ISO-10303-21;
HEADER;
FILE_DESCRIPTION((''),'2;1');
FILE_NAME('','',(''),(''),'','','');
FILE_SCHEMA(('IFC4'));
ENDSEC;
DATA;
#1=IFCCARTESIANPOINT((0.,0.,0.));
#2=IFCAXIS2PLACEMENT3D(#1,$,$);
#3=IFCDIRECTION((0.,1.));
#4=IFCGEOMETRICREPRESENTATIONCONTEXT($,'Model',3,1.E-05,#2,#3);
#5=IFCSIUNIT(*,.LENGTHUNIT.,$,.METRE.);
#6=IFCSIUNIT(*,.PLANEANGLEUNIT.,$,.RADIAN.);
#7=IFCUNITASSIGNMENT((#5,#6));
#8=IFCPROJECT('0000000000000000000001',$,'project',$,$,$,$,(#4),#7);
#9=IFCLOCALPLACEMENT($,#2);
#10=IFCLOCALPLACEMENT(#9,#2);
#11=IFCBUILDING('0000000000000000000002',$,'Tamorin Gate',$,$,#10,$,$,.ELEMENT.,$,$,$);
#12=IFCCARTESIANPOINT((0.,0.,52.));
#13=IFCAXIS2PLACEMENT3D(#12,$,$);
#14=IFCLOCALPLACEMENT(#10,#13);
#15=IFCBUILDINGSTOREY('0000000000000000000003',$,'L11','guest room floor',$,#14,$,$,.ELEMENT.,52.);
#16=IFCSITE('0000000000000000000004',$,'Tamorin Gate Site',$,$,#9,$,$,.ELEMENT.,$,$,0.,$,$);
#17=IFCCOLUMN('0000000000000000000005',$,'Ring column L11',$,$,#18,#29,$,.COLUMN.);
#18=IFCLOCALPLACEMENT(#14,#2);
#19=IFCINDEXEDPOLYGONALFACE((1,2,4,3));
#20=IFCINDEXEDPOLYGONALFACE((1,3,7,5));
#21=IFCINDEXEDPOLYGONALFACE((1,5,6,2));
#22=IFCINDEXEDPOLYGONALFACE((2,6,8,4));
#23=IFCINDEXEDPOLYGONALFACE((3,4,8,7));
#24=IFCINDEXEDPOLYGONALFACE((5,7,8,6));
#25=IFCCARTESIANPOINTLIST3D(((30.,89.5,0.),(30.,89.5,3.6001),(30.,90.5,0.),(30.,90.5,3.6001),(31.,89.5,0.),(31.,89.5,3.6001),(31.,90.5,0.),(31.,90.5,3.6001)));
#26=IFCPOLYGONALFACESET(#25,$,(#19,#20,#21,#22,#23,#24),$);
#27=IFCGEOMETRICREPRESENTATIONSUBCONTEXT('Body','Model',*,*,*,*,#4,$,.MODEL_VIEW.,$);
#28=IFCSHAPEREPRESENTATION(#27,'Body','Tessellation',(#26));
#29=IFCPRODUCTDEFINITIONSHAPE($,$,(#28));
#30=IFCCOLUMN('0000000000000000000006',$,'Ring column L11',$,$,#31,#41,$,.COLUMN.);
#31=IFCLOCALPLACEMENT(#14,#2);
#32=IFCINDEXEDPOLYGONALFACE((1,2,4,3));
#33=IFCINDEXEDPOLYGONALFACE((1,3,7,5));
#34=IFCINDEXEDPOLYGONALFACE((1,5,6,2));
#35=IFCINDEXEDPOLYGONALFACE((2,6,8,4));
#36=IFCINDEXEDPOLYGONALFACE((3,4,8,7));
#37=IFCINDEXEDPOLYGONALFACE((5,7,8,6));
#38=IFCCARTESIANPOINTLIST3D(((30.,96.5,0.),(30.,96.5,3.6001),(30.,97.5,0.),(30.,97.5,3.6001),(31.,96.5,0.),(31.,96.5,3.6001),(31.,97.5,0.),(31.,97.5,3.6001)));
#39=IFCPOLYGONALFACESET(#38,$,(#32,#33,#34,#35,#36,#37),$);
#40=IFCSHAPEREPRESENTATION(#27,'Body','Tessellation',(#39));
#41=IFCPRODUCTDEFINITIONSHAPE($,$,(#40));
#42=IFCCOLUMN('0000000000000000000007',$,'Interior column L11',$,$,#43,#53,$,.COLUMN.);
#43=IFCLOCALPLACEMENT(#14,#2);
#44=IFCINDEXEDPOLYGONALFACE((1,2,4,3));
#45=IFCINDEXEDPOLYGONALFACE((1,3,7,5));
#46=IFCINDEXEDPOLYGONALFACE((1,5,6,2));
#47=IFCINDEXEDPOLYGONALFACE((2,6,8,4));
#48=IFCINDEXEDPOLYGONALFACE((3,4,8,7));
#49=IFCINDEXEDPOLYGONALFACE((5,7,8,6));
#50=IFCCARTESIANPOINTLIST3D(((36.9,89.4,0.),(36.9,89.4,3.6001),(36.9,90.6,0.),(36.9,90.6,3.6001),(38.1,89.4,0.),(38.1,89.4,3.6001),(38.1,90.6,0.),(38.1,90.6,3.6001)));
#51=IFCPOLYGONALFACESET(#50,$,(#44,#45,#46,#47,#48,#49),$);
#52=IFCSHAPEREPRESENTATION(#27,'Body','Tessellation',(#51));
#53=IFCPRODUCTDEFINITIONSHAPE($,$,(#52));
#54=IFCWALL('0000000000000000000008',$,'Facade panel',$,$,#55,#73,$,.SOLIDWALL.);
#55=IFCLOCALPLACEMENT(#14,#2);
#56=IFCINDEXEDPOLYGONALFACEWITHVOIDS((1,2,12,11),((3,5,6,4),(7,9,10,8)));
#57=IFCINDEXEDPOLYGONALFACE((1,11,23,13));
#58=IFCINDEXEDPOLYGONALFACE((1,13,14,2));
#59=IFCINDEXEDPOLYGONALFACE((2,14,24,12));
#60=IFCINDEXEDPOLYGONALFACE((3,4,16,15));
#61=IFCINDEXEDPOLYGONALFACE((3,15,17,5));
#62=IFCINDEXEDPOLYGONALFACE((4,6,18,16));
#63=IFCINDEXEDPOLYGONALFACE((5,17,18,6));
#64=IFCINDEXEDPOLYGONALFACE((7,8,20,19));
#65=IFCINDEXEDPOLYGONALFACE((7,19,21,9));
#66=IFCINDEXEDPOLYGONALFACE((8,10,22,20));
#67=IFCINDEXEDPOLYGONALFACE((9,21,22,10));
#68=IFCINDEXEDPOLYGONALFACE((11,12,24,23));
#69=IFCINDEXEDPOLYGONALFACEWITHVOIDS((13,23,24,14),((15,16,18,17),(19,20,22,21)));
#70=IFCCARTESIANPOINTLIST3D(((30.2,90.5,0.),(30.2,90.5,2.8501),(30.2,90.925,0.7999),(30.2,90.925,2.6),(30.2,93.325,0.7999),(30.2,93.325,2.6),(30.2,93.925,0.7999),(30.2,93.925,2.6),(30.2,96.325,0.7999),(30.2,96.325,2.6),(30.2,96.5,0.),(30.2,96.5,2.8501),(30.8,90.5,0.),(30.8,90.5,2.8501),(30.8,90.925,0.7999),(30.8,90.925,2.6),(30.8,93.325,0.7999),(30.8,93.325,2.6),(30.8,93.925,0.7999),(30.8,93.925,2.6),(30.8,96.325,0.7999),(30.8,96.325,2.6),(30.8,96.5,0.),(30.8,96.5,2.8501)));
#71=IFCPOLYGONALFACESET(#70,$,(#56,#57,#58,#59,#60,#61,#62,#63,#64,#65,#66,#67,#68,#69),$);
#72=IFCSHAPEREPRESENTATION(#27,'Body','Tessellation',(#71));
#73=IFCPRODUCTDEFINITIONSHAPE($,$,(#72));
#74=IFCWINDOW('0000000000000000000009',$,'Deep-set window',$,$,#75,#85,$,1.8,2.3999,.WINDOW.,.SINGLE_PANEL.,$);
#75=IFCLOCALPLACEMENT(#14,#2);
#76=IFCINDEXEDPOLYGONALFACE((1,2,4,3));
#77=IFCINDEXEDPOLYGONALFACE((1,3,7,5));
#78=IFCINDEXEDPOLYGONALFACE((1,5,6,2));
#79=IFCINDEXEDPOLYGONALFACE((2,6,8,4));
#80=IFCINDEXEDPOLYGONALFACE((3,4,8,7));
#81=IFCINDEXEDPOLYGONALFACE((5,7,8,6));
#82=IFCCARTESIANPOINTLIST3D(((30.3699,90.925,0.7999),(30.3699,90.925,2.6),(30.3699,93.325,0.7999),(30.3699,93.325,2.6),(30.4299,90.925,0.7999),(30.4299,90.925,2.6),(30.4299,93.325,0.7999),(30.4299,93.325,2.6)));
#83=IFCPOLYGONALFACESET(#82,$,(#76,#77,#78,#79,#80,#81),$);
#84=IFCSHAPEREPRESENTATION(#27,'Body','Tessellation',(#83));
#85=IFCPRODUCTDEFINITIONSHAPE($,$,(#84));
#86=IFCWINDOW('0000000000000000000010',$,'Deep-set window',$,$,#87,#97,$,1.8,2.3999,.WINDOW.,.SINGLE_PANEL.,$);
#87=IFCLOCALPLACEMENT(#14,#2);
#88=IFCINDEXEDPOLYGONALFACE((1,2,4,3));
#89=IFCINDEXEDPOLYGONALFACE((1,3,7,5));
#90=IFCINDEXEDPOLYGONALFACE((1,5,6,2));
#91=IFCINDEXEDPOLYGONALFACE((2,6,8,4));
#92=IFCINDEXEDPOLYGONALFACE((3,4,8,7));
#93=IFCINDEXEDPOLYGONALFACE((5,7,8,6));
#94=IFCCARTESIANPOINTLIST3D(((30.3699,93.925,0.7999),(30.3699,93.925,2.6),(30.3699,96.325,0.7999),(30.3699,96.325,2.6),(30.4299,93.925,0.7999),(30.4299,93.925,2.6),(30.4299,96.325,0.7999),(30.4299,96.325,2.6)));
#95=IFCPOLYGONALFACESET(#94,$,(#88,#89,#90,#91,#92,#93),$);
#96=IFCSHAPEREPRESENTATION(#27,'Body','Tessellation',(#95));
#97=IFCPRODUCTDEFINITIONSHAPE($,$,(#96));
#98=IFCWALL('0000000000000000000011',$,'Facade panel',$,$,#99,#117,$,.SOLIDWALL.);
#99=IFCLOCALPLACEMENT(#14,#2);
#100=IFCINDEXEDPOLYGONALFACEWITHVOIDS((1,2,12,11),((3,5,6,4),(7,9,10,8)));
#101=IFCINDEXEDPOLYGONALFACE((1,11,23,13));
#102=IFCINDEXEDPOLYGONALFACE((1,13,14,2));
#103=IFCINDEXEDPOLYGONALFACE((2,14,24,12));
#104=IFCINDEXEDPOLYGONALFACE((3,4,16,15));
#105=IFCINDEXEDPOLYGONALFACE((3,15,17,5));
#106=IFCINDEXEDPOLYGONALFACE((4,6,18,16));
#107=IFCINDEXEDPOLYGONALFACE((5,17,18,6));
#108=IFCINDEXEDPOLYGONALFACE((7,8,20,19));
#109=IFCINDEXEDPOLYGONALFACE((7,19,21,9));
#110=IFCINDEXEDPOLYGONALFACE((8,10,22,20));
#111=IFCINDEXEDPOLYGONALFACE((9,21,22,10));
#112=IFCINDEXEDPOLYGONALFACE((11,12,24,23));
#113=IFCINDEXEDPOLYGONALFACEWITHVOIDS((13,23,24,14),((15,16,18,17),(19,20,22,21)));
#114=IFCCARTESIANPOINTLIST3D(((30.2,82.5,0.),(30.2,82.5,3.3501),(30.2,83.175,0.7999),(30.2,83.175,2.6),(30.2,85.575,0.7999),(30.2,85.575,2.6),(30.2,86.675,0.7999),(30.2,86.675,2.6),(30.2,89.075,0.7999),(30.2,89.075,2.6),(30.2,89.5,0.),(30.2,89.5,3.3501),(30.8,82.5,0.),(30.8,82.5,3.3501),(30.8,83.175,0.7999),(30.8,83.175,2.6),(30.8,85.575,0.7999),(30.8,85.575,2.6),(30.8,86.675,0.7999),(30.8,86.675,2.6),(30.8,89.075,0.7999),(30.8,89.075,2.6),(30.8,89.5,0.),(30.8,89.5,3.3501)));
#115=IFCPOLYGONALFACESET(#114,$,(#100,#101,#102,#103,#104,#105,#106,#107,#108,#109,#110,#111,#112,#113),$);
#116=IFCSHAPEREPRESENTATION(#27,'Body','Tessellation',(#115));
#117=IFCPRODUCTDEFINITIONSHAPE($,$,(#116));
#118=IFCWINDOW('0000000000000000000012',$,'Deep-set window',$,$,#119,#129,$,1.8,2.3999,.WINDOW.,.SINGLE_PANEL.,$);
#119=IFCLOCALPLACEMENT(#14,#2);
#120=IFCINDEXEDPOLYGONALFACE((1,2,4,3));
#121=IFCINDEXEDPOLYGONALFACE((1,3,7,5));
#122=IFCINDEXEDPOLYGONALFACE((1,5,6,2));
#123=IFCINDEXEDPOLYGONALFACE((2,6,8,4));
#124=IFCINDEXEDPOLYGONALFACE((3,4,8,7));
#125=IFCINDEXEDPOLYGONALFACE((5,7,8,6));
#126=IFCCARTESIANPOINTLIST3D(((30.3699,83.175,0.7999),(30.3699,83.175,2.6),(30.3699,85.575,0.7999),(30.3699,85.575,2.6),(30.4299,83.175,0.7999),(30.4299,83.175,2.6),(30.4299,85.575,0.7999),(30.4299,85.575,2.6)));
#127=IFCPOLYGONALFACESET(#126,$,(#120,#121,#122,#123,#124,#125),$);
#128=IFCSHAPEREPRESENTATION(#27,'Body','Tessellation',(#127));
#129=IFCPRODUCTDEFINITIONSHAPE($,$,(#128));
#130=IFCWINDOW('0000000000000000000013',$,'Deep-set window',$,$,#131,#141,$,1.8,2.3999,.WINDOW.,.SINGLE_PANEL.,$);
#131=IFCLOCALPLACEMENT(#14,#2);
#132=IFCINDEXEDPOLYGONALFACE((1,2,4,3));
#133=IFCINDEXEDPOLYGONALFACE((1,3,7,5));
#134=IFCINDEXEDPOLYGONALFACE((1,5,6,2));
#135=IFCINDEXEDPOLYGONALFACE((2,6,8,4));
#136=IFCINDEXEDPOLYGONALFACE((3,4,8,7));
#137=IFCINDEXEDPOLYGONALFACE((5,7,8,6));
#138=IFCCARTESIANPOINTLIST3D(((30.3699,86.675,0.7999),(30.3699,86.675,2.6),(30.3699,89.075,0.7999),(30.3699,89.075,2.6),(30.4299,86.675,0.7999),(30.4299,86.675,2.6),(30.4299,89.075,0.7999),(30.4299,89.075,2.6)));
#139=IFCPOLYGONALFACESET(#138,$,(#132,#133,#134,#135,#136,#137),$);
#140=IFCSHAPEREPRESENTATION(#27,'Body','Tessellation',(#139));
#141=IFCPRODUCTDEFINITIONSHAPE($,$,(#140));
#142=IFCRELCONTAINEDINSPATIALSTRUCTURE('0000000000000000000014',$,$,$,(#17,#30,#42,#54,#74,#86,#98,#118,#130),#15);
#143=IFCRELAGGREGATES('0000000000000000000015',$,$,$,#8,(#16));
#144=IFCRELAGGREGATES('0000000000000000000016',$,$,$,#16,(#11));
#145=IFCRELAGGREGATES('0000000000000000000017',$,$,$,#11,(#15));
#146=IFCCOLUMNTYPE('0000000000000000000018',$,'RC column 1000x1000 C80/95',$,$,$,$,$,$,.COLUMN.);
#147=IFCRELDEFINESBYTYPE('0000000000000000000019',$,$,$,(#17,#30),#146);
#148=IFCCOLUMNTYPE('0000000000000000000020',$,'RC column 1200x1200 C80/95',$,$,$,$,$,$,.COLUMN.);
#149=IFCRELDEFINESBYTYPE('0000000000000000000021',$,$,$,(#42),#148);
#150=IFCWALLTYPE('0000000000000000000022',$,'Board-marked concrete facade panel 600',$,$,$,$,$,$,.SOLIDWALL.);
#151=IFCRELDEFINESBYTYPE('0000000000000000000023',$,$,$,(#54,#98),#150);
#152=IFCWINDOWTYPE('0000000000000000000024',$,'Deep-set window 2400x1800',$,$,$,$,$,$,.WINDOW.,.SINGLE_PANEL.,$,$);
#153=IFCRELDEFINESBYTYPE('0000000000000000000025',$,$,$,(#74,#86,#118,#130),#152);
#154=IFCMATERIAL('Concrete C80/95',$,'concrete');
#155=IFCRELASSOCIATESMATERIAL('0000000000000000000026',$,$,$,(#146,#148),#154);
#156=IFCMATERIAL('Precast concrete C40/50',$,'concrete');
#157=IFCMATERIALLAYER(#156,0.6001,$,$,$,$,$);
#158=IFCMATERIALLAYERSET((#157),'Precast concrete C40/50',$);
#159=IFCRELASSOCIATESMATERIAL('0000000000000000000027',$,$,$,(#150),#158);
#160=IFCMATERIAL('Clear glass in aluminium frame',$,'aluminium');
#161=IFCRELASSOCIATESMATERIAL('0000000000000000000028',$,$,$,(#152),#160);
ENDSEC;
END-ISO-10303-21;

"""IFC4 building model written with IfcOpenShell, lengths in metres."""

from ifc_helpers import new_model, si_unit, direction, frame, frame_2d, origin, origin_2d, place, context, subcontext, project, spatial, rectangle, extrude, material, layer, layer_set, material_profile, profile_set, type_object, element, fill, save


model = new_model("IFC4")

# Units and contexts
model_context = context("Model", 3, precision=1e-05, world=origin(), true_north=direction((0.0, 1.0)))
body_context = subcontext(model_context, "Body", "Model", "MODEL_VIEW")
ifc_project = project(units=[si_unit("LENGTHUNIT", "METRE"), si_unit("PLANEANGLEUNIT", "RADIAN")], contexts=[model_context])

# Site, building, storey
site_placement = place(None, origin())
site = spatial("IfcSite", under=ifc_project, at=site_placement, Name="Tamorin Gate Site", CompositionType="ELEMENT", RefElevation=0.0)
building_placement = place(site_placement, origin())
building = spatial("IfcBuilding", under=site, at=building_placement, Name="Tamorin Gate", CompositionType="ELEMENT")
storey_placement = place(building_placement, frame((0.0, 0.0, 52.0)))
storey = spatial("IfcBuildingStorey", under=building, at=storey_placement, Name="L11", Description="guest room floor", CompositionType="ELEMENT", Elevation=52.0)

# Columns
ifc_material_1 = material(Name="Concrete C80/95", Category="concrete")
ifc_material_profile_1 = material_profile(ifc_material_1, rectangle(XDim=1.0, YDim=1.0, at=origin_2d()), Name="RC 1000x1000")
ifc_profile_set_1 = profile_set([ifc_material_profile_1], Name="Concrete C80/95")
column_type_1 = type_object("IfcColumnType", Name="RC column 1000x1000 C80/95", PredefinedType="COLUMN", material=ifc_profile_set_1)
for number, where, z_axis, x_axis, name in (
    (1, (30.5, 90.0, 0.0), (0.0, 0.0, 1.0), (1.0, 0.0, 0.0), "Ring column L11"),
    (2, (30.5, 97.0, 0.0), (0.0, 0.0, 1.0), (1.0, 0.0, 0.0), "Ring column L11"),
):
    element("IfcColumn", number, at=place(storey_placement, frame(where, z_axis=z_axis, x_axis=x_axis)), inside=storey, type_object=column_type_1, Name=name, PredefinedType="COLUMN", context=body_context, shape_type="SweptSolid", body=[
        extrude(rectangle(XDim=1.0, YDim=1.0, at=origin_2d()), origin(), (0.0, 0.0, 1.0), 3.6001),
    ])
ifc_material_profile_2 = material_profile(ifc_material_1, rectangle(XDim=1.2, YDim=1.2, at=origin_2d()), Name="RC 1200x1200")
ifc_profile_set_2 = profile_set([ifc_material_profile_2], Name="Concrete C80/95")
column_type_2 = type_object("IfcColumnType", Name="RC column 1200x1200 C80/95", PredefinedType="COLUMN", material=ifc_profile_set_2)
column_placement = place(storey_placement, frame((37.5, 90.0, 0.0), z_axis=(0.0, 0.0, 1.0), x_axis=(1.0, 0.0, 0.0)))
element("IfcColumn", 3, at=column_placement, inside=storey, type_object=column_type_2, Name="Interior column L11", PredefinedType="COLUMN", context=body_context, shape_type="SweptSolid", body=[
    extrude(rectangle(XDim=1.2, YDim=1.2, at=origin_2d()), origin(), (0.0, 0.0, 1.0), 3.6001),
])

# Walls, openings, windows
ifc_material_2 = material(Name="Precast concrete C40/50", Category="concrete")
ifc_layer_1 = layer(ifc_material_2, 0.6001)
ifc_layer_set_1 = layer_set([ifc_layer_1], Name="Precast concrete C40/50")
wall_type_1 = type_object("IfcWallType", Name="Board-marked concrete facade panel 600", PredefinedType="SOLIDWALL", material=ifc_layer_set_1)
wall_1_placement = place(storey_placement, frame((30.5, 96.5, 0.0), z_axis=(0.0, 0.0, 1.0), x_axis=(0.0, -1.0, 0.0)))
wall_1 = element("IfcWall", 4, at=wall_1_placement, inside=storey, type_object=wall_type_1, Name="Facade panel", PredefinedType="SOLIDWALL", context=body_context, shape_type="SweptSolid", body=[
    extrude(rectangle(XDim=6.0, YDim=0.6001, at=frame_2d((3.0, 0.0))), origin(), (0.0, 0.0, 1.0), 2.8501),
])
opening_1_placement = place(wall_1_placement, frame((3.175, 0.0, 0.8)))
opening_1 = element("IfcOpeningElement", 5, at=opening_1_placement, cuts=wall_1, PredefinedType="OPENING", context=body_context, shape_type="SweptSolid", body=[
    extrude(rectangle(XDim=2.3999, YDim=1.8, at=frame_2d((1.2, 0.8999))), frame((0.0, 0.3101, 0.0), z_axis=(0.0, -1.0, 0.0), x_axis=(1.0, 0.0, 0.0)), (0.0, 0.0, 1.0), 0.6201),
])
opening_2_placement = place(wall_1_placement, frame((0.175, 0.0, 0.8)))
opening_2 = element("IfcOpeningElement", 6, at=opening_2_placement, cuts=wall_1, PredefinedType="OPENING", context=body_context, shape_type="SweptSolid", body=[
    extrude(rectangle(XDim=2.3999, YDim=1.8, at=frame_2d((1.2, 0.8999))), frame((0.0, 0.3101, 0.0), z_axis=(0.0, -1.0, 0.0), x_axis=(1.0, 0.0, 0.0)), (0.0, 0.0, 1.0), 0.6201),
])
ifc_material_3 = material(Name="Clear glass in aluminium frame", Category="aluminium")
window_type = type_object("IfcWindowType", Name="Deep-set window 2400x1800", PartitioningType="SINGLE_PANEL", PredefinedType="WINDOW", material=ifc_material_3)
window_1_placement = place(opening_1_placement, origin())
window_1 = element("IfcWindow", 7, at=window_1_placement, inside=storey, type_object=window_type, Name="Deep-set window", OverallHeight=1.8, OverallWidth=2.3999, PartitioningType="SINGLE_PANEL", PredefinedType="WINDOW", context=body_context, shape_type="SweptSolid", body=[
    extrude(rectangle(XDim=2.3999, YDim=1.8, at=frame_2d((1.2, 0.8999))), frame((0.0, -0.0701, 0.0), z_axis=(0.0, -1.0, 0.0), x_axis=(1.0, 0.0, 0.0)), (0.0, 0.0, 1.0), 0.0601),
])
fill(opening_1, window_1)
window_2_placement = place(opening_2_placement, origin())
window_2 = element("IfcWindow", 8, at=window_2_placement, inside=storey, type_object=window_type, Name="Deep-set window", OverallHeight=1.8, OverallWidth=2.3999, PartitioningType="SINGLE_PANEL", PredefinedType="WINDOW", context=body_context, shape_type="SweptSolid", body=[
    extrude(rectangle(XDim=2.3999, YDim=1.8, at=frame_2d((1.2, 0.8999))), frame((0.0, -0.0701, 0.0), z_axis=(0.0, -1.0, 0.0), x_axis=(1.0, 0.0, 0.0)), (0.0, 0.0, 1.0), 0.0601),
])
fill(opening_2, window_2)
wall_2_placement = place(storey_placement, frame((30.5, 89.5, 0.0), z_axis=(0.0, 0.0, 1.0), x_axis=(0.0, -1.0, 0.0)))
wall_2 = element("IfcWall", 9, at=wall_2_placement, inside=storey, type_object=wall_type_1, Name="Facade panel", PredefinedType="SOLIDWALL", context=body_context, shape_type="SweptSolid", body=[
    extrude(rectangle(XDim=7.0, YDim=0.6001, at=frame_2d((3.5, 0.0))), origin(), (0.0, 0.0, 1.0), 3.3501),
])
opening_3_placement = place(wall_2_placement, frame((3.925, 0.0, 0.8)))
opening_3 = element("IfcOpeningElement", 10, at=opening_3_placement, cuts=wall_2, PredefinedType="OPENING", context=body_context, shape_type="SweptSolid", body=[
    extrude(rectangle(XDim=2.3999, YDim=1.8, at=frame_2d((1.2, 0.8999))), frame((0.0, 0.3101, 0.0), z_axis=(0.0, -1.0, 0.0), x_axis=(1.0, 0.0, 0.0)), (0.0, 0.0, 1.0), 0.6201),
])
opening_4_placement = place(wall_2_placement, frame((0.425, 0.0, 0.8)))
opening_4 = element("IfcOpeningElement", 11, at=opening_4_placement, cuts=wall_2, PredefinedType="OPENING", context=body_context, shape_type="SweptSolid", body=[
    extrude(rectangle(XDim=2.3999, YDim=1.8, at=frame_2d((1.2, 0.8999))), frame((0.0, 0.3101, 0.0), z_axis=(0.0, -1.0, 0.0), x_axis=(1.0, 0.0, 0.0)), (0.0, 0.0, 1.0), 0.6201),
])
window_3_placement = place(opening_3_placement, origin())
window_3 = element("IfcWindow", 12, at=window_3_placement, inside=storey, type_object=window_type, Name="Deep-set window", OverallHeight=1.8, OverallWidth=2.3999, PartitioningType="SINGLE_PANEL", PredefinedType="WINDOW", context=body_context, shape_type="SweptSolid", body=[
    extrude(rectangle(XDim=2.3999, YDim=1.8, at=frame_2d((1.2, 0.8999))), frame((0.0, -0.0701, 0.0), z_axis=(0.0, -1.0, 0.0), x_axis=(1.0, 0.0, 0.0)), (0.0, 0.0, 1.0), 0.0601),
])
fill(opening_3, window_3)
window_4_placement = place(opening_4_placement, origin())
window_4 = element("IfcWindow", 13, at=window_4_placement, inside=storey, type_object=window_type, Name="Deep-set window", OverallHeight=1.8, OverallWidth=2.3999, PartitioningType="SINGLE_PANEL", PredefinedType="WINDOW", context=body_context, shape_type="SweptSolid", body=[
    extrude(rectangle(XDim=2.3999, YDim=1.8, at=frame_2d((1.2, 0.8999))), frame((0.0, -0.0701, 0.0), z_axis=(0.0, -1.0, 0.0), x_axis=(1.0, 0.0, 0.0)), (0.0, 0.0, 1.0), 0.0601),
])
fill(opening_4, window_4)

save(model, "model.ifc")
